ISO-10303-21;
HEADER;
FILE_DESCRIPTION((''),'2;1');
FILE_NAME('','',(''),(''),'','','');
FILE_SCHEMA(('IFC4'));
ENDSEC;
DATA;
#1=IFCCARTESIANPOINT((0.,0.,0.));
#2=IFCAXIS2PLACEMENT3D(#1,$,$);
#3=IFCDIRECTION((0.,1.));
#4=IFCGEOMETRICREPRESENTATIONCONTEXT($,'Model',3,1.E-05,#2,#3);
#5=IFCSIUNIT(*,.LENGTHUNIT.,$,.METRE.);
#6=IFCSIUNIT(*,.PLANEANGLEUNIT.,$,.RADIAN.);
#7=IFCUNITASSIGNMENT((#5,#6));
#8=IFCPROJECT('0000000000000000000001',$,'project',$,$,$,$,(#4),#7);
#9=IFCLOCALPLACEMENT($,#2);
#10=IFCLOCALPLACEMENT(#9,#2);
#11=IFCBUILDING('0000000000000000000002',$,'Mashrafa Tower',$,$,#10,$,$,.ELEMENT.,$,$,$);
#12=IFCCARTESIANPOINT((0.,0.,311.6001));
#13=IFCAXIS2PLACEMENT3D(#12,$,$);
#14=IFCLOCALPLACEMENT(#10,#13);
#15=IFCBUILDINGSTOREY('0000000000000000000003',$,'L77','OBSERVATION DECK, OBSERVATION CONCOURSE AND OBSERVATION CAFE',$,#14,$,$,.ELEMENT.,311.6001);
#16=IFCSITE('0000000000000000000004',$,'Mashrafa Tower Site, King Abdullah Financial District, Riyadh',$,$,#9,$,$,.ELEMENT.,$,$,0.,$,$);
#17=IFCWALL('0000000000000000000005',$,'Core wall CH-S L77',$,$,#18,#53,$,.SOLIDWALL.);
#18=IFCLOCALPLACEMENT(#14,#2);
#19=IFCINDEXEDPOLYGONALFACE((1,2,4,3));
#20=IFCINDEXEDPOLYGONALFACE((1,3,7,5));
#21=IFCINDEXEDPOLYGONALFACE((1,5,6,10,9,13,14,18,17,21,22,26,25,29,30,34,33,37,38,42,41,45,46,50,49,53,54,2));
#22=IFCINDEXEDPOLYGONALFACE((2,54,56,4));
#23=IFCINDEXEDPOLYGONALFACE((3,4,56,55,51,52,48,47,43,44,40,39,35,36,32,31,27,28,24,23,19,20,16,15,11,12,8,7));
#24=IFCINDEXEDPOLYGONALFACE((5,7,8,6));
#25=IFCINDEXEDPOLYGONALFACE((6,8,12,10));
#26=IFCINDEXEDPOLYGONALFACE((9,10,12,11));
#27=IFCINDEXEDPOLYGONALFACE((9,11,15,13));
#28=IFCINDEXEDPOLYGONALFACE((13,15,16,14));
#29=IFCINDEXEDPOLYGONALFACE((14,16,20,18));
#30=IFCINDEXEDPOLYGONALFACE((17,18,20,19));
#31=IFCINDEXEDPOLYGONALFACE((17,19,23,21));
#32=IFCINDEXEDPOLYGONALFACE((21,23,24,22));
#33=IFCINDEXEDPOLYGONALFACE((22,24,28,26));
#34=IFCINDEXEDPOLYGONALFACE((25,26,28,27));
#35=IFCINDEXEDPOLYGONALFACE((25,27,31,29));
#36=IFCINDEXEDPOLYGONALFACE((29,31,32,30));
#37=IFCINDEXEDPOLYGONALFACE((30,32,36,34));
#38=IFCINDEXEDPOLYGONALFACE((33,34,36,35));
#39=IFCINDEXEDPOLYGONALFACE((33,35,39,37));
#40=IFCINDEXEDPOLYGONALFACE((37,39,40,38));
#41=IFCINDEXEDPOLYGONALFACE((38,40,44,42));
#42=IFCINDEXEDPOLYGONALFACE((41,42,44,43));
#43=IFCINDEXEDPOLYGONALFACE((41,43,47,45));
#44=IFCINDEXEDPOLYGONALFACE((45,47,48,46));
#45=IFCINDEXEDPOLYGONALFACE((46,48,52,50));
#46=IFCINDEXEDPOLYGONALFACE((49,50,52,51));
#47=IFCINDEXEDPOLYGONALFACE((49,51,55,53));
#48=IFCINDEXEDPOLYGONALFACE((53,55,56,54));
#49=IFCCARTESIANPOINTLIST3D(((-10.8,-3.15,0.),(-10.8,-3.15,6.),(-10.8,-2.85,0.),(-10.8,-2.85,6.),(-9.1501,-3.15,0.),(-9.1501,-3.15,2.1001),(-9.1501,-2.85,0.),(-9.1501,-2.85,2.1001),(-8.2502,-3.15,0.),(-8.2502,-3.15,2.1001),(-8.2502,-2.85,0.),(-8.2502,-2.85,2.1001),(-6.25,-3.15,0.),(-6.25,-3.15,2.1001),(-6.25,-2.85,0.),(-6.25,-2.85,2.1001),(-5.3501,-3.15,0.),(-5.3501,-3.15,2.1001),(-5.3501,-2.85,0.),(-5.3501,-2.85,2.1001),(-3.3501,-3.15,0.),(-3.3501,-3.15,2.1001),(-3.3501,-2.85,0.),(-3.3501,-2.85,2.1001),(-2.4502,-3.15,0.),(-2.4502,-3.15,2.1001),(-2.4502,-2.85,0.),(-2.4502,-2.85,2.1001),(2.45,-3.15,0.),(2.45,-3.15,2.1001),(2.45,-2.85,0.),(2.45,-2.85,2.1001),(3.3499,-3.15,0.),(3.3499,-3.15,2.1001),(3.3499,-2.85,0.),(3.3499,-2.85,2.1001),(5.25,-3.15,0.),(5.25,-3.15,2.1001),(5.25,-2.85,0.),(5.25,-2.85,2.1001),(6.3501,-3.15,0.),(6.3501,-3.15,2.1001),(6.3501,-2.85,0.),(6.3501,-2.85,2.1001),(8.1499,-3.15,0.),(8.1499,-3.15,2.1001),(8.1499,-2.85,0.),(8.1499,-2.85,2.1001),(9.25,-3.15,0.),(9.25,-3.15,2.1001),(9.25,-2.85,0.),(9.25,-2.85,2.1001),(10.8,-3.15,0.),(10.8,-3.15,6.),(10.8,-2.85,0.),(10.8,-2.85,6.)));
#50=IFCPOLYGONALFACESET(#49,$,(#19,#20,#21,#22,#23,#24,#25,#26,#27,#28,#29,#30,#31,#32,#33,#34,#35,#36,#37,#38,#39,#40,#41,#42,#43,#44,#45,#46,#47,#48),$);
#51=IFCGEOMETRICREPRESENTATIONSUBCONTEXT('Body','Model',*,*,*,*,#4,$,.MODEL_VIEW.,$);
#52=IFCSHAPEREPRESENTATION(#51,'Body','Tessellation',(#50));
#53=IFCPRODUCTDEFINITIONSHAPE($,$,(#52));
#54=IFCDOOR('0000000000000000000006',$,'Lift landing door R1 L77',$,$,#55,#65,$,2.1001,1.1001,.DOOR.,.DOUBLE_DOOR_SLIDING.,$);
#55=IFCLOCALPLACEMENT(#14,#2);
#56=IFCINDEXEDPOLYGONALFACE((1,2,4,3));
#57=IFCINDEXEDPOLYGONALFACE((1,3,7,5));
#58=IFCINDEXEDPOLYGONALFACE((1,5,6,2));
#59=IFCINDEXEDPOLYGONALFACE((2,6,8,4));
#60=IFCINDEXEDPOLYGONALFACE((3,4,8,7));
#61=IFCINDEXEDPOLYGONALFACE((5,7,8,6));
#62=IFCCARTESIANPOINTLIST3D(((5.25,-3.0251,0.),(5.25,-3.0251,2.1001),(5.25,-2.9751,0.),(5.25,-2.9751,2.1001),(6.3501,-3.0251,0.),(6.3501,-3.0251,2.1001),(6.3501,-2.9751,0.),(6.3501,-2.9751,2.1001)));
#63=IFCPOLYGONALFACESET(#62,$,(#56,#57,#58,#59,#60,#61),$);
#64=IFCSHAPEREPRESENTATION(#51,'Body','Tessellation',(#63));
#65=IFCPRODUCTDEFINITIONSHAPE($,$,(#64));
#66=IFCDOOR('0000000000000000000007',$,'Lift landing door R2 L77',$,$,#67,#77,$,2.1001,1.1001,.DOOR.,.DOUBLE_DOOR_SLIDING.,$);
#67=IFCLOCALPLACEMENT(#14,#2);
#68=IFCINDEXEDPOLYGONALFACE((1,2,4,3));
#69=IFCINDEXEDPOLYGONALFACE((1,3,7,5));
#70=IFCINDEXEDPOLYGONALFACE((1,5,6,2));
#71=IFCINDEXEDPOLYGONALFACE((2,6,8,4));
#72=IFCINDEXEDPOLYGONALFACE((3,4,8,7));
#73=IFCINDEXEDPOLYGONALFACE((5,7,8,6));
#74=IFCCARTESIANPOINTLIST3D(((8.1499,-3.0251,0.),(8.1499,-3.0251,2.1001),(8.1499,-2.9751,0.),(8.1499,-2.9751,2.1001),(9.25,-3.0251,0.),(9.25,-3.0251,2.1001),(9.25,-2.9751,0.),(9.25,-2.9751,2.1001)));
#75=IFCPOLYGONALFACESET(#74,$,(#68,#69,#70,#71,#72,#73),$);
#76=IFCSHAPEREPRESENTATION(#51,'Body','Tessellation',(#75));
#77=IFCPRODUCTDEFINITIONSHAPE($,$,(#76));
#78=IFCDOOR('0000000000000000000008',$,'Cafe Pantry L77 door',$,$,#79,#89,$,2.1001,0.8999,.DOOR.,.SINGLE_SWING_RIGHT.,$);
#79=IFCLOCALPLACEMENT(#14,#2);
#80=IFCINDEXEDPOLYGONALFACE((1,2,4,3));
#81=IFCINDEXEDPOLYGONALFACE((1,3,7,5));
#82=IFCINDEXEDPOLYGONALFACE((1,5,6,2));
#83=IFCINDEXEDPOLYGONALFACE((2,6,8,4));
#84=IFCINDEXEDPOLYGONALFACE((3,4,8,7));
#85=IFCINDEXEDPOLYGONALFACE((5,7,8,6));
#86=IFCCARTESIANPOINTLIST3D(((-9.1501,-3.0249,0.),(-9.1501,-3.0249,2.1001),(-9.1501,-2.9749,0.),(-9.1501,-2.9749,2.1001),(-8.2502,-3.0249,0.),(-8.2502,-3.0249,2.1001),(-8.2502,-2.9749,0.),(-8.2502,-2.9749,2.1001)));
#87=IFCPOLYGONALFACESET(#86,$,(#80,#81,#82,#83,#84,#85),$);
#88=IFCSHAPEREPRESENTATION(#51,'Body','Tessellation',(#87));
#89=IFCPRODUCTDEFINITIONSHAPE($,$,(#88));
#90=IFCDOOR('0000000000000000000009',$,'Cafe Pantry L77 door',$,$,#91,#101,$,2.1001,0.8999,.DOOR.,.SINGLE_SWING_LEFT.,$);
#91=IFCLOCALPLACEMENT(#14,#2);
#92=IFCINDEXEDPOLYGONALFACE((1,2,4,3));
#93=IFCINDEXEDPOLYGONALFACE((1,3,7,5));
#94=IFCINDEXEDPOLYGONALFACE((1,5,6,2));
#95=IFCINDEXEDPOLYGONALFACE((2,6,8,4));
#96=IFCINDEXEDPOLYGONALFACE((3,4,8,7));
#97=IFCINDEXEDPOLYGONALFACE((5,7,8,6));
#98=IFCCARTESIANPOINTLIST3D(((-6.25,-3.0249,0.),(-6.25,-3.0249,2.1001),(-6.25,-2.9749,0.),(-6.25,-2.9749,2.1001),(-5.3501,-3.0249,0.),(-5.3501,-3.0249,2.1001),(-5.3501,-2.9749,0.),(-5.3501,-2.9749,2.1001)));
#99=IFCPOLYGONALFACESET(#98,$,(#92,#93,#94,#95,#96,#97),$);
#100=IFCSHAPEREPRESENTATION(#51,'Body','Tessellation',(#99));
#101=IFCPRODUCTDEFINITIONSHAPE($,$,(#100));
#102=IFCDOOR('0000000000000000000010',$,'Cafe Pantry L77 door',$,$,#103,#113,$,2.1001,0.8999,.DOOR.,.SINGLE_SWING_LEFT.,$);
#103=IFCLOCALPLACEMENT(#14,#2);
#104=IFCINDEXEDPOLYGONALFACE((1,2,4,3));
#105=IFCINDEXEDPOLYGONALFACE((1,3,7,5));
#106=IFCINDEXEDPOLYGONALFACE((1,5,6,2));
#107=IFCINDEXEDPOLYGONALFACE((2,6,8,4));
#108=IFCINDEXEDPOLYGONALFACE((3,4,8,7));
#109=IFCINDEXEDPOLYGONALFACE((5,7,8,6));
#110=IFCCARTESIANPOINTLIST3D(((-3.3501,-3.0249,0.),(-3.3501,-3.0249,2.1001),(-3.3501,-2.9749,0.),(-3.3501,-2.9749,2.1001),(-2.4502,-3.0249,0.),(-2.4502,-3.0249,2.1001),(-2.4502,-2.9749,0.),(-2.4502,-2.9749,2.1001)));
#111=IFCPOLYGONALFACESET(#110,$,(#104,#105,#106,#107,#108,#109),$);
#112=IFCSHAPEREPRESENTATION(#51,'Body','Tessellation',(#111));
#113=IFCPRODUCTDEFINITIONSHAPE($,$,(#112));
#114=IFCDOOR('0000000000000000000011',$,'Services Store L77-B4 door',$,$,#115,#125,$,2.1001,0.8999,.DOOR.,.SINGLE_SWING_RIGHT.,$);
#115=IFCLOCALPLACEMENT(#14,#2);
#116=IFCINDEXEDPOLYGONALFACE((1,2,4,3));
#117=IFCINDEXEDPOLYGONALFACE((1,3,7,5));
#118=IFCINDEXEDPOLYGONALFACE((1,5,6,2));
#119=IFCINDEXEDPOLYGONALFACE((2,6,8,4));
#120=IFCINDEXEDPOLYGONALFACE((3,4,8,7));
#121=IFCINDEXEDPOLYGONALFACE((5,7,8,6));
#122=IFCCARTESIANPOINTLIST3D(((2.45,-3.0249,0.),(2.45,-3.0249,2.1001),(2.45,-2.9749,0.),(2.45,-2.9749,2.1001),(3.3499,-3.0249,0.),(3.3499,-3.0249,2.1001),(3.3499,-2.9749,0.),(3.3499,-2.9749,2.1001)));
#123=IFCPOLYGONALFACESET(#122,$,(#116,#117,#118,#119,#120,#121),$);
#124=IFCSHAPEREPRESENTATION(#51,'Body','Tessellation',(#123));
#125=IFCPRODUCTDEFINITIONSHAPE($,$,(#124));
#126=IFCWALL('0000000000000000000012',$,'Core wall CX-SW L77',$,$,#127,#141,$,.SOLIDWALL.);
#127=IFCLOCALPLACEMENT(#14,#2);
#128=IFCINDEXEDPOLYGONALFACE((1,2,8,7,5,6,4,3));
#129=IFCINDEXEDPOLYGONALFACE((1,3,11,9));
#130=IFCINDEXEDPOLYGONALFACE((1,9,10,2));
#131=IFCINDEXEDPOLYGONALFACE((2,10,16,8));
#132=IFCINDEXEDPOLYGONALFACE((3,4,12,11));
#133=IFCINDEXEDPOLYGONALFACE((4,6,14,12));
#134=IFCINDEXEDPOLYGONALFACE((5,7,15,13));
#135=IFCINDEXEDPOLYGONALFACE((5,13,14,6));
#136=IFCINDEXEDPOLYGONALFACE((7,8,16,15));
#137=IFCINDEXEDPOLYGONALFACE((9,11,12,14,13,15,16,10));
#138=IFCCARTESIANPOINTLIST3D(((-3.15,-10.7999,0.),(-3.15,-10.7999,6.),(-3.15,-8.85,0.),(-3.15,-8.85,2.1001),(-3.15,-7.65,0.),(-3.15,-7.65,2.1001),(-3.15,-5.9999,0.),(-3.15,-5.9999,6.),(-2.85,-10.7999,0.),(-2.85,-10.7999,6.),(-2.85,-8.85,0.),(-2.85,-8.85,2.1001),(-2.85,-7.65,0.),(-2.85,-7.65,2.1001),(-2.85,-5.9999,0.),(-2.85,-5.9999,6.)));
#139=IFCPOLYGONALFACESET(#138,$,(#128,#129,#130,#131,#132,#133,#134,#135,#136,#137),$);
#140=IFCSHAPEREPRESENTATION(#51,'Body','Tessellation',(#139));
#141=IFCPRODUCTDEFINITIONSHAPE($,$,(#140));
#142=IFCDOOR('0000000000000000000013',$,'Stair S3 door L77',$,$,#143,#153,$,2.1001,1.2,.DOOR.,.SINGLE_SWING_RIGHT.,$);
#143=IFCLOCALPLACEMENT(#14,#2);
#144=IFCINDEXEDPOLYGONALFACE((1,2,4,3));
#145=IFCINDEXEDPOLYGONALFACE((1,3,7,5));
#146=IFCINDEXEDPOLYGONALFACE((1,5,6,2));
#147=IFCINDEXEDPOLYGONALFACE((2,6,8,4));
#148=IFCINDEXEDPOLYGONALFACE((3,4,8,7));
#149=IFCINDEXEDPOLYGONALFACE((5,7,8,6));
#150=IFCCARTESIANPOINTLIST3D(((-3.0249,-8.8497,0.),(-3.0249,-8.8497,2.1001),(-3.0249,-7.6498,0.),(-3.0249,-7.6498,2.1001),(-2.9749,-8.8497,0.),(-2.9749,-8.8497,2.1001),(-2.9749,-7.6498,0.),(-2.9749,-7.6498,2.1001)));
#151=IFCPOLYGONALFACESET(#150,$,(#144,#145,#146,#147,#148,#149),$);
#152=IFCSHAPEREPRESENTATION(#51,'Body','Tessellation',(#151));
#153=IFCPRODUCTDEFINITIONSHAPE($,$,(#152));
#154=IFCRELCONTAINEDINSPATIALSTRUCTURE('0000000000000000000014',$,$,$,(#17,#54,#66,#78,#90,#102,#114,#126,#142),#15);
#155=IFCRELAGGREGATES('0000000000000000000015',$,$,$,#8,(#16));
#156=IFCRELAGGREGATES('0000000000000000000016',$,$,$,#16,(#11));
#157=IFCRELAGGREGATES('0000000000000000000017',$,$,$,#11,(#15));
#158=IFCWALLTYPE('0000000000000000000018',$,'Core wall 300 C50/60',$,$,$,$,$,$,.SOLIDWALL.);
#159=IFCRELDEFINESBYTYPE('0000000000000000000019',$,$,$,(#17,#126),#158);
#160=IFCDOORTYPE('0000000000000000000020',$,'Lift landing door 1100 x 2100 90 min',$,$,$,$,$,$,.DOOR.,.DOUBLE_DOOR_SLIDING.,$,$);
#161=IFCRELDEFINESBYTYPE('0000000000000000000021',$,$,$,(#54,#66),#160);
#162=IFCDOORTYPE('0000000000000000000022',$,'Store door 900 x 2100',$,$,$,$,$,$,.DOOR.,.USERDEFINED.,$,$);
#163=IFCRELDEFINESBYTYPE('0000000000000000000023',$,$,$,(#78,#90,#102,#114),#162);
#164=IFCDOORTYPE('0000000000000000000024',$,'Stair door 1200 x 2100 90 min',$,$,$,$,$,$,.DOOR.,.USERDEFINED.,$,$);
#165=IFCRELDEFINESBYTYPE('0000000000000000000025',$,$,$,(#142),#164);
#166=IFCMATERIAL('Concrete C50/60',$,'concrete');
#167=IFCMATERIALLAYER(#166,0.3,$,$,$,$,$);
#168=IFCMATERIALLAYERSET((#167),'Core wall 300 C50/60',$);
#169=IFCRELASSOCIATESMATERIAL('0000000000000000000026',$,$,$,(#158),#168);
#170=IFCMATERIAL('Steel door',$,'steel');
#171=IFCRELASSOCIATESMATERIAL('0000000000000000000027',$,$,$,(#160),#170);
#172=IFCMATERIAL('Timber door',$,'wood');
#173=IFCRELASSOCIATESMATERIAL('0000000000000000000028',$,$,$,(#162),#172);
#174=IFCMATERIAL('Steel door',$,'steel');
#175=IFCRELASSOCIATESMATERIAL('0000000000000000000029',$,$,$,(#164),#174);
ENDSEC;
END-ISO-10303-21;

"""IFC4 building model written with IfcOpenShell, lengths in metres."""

from ifc_helpers import new_model, si_unit, direction, frame, frame_2d, origin, place, context, subcontext, project, spatial, rectangle, extrude, material, layer, layer_set, type_object, element, fill, save


model = new_model("IFC4")

# Units and contexts
model_context = context("Model", 3, precision=1e-05, world=origin(), true_north=direction((0.0, 1.0)))
body_context = subcontext(model_context, "Body", "Model", "MODEL_VIEW")
ifc_project = project(units=[si_unit("LENGTHUNIT", "METRE"), si_unit("PLANEANGLEUNIT", "RADIAN")], contexts=[model_context])

# Site, building, storey
site_placement = place(None, origin())
site = spatial("IfcSite", under=ifc_project, at=site_placement, Name="Mashrafa Tower Site, King Abdullah Financial District, Riyadh", CompositionType="ELEMENT", RefElevation=0.0)
building_placement = place(site_placement, origin())
building = spatial("IfcBuilding", under=site, at=building_placement, Name="Mashrafa Tower", CompositionType="ELEMENT")
storey_placement = place(building_placement, frame((0.0, 0.0, 311.6001)))
storey = spatial("IfcBuildingStorey", under=building, at=storey_placement, Name="L77", Description="OBSERVATION DECK, OBSERVATION CONCOURSE AND OBSERVATION CAFE", CompositionType="ELEMENT", Elevation=311.6001)

# Wall, openings, doors
ifc_material_1 = material(Name="Concrete C50/60", Category="concrete")
ifc_layer_1 = layer(ifc_material_1, 0.3)
ifc_layer_set_1 = layer_set([ifc_layer_1], Name="Core wall 300 C50/60")
wall_type_1 = type_object("IfcWallType", Name="Core wall 300 C50/60", PredefinedType="SOLIDWALL", material=ifc_layer_set_1)
wall_1_placement = place(storey_placement, frame((-10.8, -3.0, 0.0), z_axis=(0.0, 0.0, 1.0), x_axis=(1.0, 0.0, 0.0)))
wall_1 = element("IfcWall", 1, at=wall_1_placement, inside=storey, type_object=wall_type_1, Name="Core wall CH-S L77", PredefinedType="SOLIDWALL", context=body_context, shape_type="SweptSolid", body=[
    extrude(rectangle(XDim=21.6001, YDim=0.3, at=frame_2d((10.8, 0.0))), origin(), (0.0, 0.0, 1.0), 6.0),
])
opening_1_placement = place(wall_1_placement, frame((1.6499, 0.0, 0.0)))
opening_1 = element("IfcOpeningElement", 2, at=opening_1_placement, cuts=wall_1, PredefinedType="OPENING", context=body_context, shape_type="SweptSolid", body=[
    extrude(rectangle(XDim=0.8999, YDim=2.1001, at=frame_2d((0.45, 1.05))), frame((0.0, 0.1599, 0.0), z_axis=(0.0, -1.0, 0.0), x_axis=(1.0, 0.0, 0.0)), (0.0, 0.0, 1.0), 0.3201),
])
opening_2_placement = place(wall_1_placement, frame((4.55, 0.0, 0.0)))
opening_2 = element("IfcOpeningElement", 3, at=opening_2_placement, cuts=wall_1, PredefinedType="OPENING", context=body_context, shape_type="SweptSolid", body=[
    extrude(rectangle(XDim=0.8999, YDim=2.1001, at=frame_2d((0.45, 1.05))), frame((0.0, 0.1599, 0.0), z_axis=(0.0, -1.0, 0.0), x_axis=(1.0, 0.0, 0.0)), (0.0, 0.0, 1.0), 0.3201),
])
opening_3_placement = place(wall_1_placement, frame((7.45, 0.0, 0.0)))
opening_3 = element("IfcOpeningElement", 4, at=opening_3_placement, cuts=wall_1, PredefinedType="OPENING", context=body_context, shape_type="SweptSolid", body=[
    extrude(rectangle(XDim=0.8999, YDim=2.1001, at=frame_2d((0.45, 1.05))), frame((0.0, 0.1599, 0.0), z_axis=(0.0, -1.0, 0.0), x_axis=(1.0, 0.0, 0.0)), (0.0, 0.0, 1.0), 0.3201),
])
opening_4_placement = place(wall_1_placement, frame((13.25, 0.0, 0.0)))
opening_4 = element("IfcOpeningElement", 5, at=opening_4_placement, cuts=wall_1, PredefinedType="OPENING", context=body_context, shape_type="SweptSolid", body=[
    extrude(rectangle(XDim=0.8999, YDim=2.1001, at=frame_2d((0.45, 1.05))), frame((0.0, 0.1599, 0.0), z_axis=(0.0, -1.0, 0.0), x_axis=(1.0, 0.0, 0.0)), (0.0, 0.0, 1.0), 0.3201),
])
opening_5_placement = place(wall_1_placement, frame((16.05, 0.0, 0.0)))
opening_5 = element("IfcOpeningElement", 6, at=opening_5_placement, cuts=wall_1, PredefinedType="OPENING", context=body_context, shape_type="SweptSolid", body=[
    extrude(rectangle(XDim=1.1001, YDim=2.1001, at=frame_2d((0.55, 1.05))), frame((0.0, 0.1599, 0.0), z_axis=(0.0, -1.0, 0.0), x_axis=(1.0, 0.0, 0.0)), (0.0, 0.0, 1.0), 0.3201),
])
opening_6_placement = place(wall_1_placement, frame((18.95, 0.0, 0.0)))
opening_6 = element("IfcOpeningElement", 7, at=opening_6_placement, cuts=wall_1, PredefinedType="OPENING", context=body_context, shape_type="SweptSolid", body=[
    extrude(rectangle(XDim=1.1001, YDim=2.1001, at=frame_2d((0.55, 1.05))), frame((0.0, 0.1599, 0.0), z_axis=(0.0, -1.0, 0.0), x_axis=(1.0, 0.0, 0.0)), (0.0, 0.0, 1.0), 0.3201),
])
ifc_material_2 = material(Name="Steel door", Category="steel")
door_type_1 = type_object("IfcDoorType", Name="Lift landing door 1100 x 2100 90 min", OperationType="DOUBLE_DOOR_SLIDING", PredefinedType="DOOR", material=ifc_material_2)
door_1_placement = place(opening_5_placement, origin())
door_1 = element("IfcDoor", 8, at=door_1_placement, inside=storey, type_object=door_type_1, Name="Lift landing door R1 L77", OperationType="DOUBLE_DOOR_SLIDING", OverallHeight=2.1001, OverallWidth=1.1001, PredefinedType="DOOR", context=body_context, shape_type="SweptSolid", body=[
    extrude(rectangle(XDim=1.1001, YDim=2.1001, at=frame_2d((0.55, 1.05))), frame((0.0, 0.0249, 0.0), z_axis=(0.0, -1.0, 0.0), x_axis=(1.0, 0.0, 0.0)), (0.0, 0.0, 1.0), 0.05),
])
fill(opening_5, door_1)
door_2_placement = place(opening_6_placement, origin())
door_2 = element("IfcDoor", 9, at=door_2_placement, inside=storey, type_object=door_type_1, Name="Lift landing door R2 L77", OperationType="DOUBLE_DOOR_SLIDING", OverallHeight=2.1001, OverallWidth=1.1001, PredefinedType="DOOR", context=body_context, shape_type="SweptSolid", body=[
    extrude(rectangle(XDim=1.1001, YDim=2.1001, at=frame_2d((0.55, 1.05))), frame((0.0, 0.0249, 0.0), z_axis=(0.0, -1.0, 0.0), x_axis=(1.0, 0.0, 0.0)), (0.0, 0.0, 1.0), 0.05),
])
fill(opening_6, door_2)
ifc_material_3 = material(Name="Timber door", Category="wood")
door_type_2 = type_object("IfcDoorType", Name="Store door 900 x 2100", OperationType="USERDEFINED", PredefinedType="DOOR", material=ifc_material_3)
door_3_placement = place(opening_1_placement, frame((0.8999, 0.0, 0.0), z_axis=(0.0, 0.0, 1.0), x_axis=(-1.0, 0.0, 0.0)))
door_3 = element("IfcDoor", 10, at=door_3_placement, inside=storey, type_object=door_type_2, Name="Cafe Pantry L77 door", OperationType="SINGLE_SWING_RIGHT", OverallHeight=2.1001, OverallWidth=0.8999, PredefinedType="DOOR", context=body_context, shape_type="SweptSolid", body=[
    extrude(rectangle(XDim=0.8999, YDim=2.1001, at=frame_2d((0.45, 1.05))), frame((0.0, 0.0249, 0.0), z_axis=(0.0, -1.0, 0.0), x_axis=(1.0, 0.0, 0.0)), (0.0, 0.0, 1.0), 0.05),
])
fill(opening_1, door_3)
door_4_placement = place(opening_2_placement, frame((0.8999, 0.0, 0.0), z_axis=(0.0, 0.0, 1.0), x_axis=(-1.0, 0.0, 0.0)))
door_4 = element("IfcDoor", 11, at=door_4_placement, inside=storey, type_object=door_type_2, Name="Cafe Pantry L77 door", OperationType="SINGLE_SWING_LEFT", OverallHeight=2.1001, OverallWidth=0.8999, PredefinedType="DOOR", context=body_context, shape_type="SweptSolid", body=[
    extrude(rectangle(XDim=0.8999, YDim=2.1001, at=frame_2d((0.45, 1.05))), frame((0.0, 0.0249, 0.0), z_axis=(0.0, -1.0, 0.0), x_axis=(1.0, 0.0, 0.0)), (0.0, 0.0, 1.0), 0.05),
])
fill(opening_2, door_4)
door_5_placement = place(opening_3_placement, frame((0.8999, 0.0, 0.0), z_axis=(0.0, 0.0, 1.0), x_axis=(-1.0, 0.0, 0.0)))
door_5 = element("IfcDoor", 12, at=door_5_placement, inside=storey, type_object=door_type_2, Name="Cafe Pantry L77 door", OperationType="SINGLE_SWING_LEFT", OverallHeight=2.1001, OverallWidth=0.8999, PredefinedType="DOOR", context=body_context, shape_type="SweptSolid", body=[
    extrude(rectangle(XDim=0.8999, YDim=2.1001, at=frame_2d((0.45, 1.05))), frame((0.0, 0.0249, 0.0), z_axis=(0.0, -1.0, 0.0), x_axis=(1.0, 0.0, 0.0)), (0.0, 0.0, 1.0), 0.05),
])
fill(opening_3, door_5)
door_6_placement = place(opening_4_placement, frame((0.8999, 0.0, 0.0), z_axis=(0.0, 0.0, 1.0), x_axis=(-1.0, 0.0, 0.0)))
door_6 = element("IfcDoor", 13, at=door_6_placement, inside=storey, type_object=door_type_2, Name="Services Store L77-B4 door", OperationType="SINGLE_SWING_RIGHT", OverallHeight=2.1001, OverallWidth=0.8999, PredefinedType="DOOR", context=body_context, shape_type="SweptSolid", body=[
    extrude(rectangle(XDim=0.8999, YDim=2.1001, at=frame_2d((0.45, 1.05))), frame((0.0, 0.0249, 0.0), z_axis=(0.0, -1.0, 0.0), x_axis=(1.0, 0.0, 0.0)), (0.0, 0.0, 1.0), 0.05),
])
fill(opening_4, door_6)

# Wall, opening, door
wall_2_placement = place(storey_placement, frame((-3.0, -6.0, 0.0), z_axis=(0.0, 0.0, 1.0), x_axis=(0.0, -1.0, 0.0)))
wall_2 = element("IfcWall", 14, at=wall_2_placement, inside=storey, type_object=wall_type_1, Name="Core wall CX-SW L77", PredefinedType="SOLIDWALL", context=body_context, shape_type="SweptSolid", body=[
    extrude(rectangle(XDim=4.8, YDim=0.3, at=frame_2d((2.3999, 0.0))), origin(), (0.0, 0.0, 1.0), 6.0),
])
opening_7_placement = place(wall_2_placement, frame((1.6499, 0.0, 0.0)))
opening_7 = element("IfcOpeningElement", 15, at=opening_7_placement, cuts=wall_2, PredefinedType="OPENING", context=body_context, shape_type="SweptSolid", body=[
    extrude(rectangle(XDim=1.2, YDim=2.1001, at=frame_2d((0.6001, 1.05))), frame((0.0, 0.1599, 0.0), z_axis=(0.0, -1.0, 0.0), x_axis=(1.0, 0.0, 0.0)), (0.0, 0.0, 1.0), 0.3201),
])
ifc_material_4 = material(Name="Steel door", Category="steel")
door_type_3 = type_object("IfcDoorType", Name="Stair door 1200 x 2100 90 min", OperationType="USERDEFINED", PredefinedType="DOOR", material=ifc_material_4)
door_7_placement = place(opening_7_placement, frame((1.2, 0.0, 0.0), z_axis=(0.0, 0.0, 1.0), x_axis=(-1.0, 0.0, 0.0)))
door_7 = element("IfcDoor", 16, at=door_7_placement, inside=storey, type_object=door_type_3, Name="Stair S3 door L77", OperationType="SINGLE_SWING_RIGHT", OverallHeight=2.1001, OverallWidth=1.2, PredefinedType="DOOR", context=body_context, shape_type="SweptSolid", body=[
    extrude(rectangle(XDim=1.2, YDim=2.1001, at=frame_2d((0.6001, 1.05))), frame((0.0, 0.0249, 0.0), z_axis=(0.0, -1.0, 0.0), x_axis=(1.0, 0.0, 0.0)), (0.0, 0.0, 1.0), 0.05),
])
fill(opening_7, door_7)

save(model, "model.ifc")
